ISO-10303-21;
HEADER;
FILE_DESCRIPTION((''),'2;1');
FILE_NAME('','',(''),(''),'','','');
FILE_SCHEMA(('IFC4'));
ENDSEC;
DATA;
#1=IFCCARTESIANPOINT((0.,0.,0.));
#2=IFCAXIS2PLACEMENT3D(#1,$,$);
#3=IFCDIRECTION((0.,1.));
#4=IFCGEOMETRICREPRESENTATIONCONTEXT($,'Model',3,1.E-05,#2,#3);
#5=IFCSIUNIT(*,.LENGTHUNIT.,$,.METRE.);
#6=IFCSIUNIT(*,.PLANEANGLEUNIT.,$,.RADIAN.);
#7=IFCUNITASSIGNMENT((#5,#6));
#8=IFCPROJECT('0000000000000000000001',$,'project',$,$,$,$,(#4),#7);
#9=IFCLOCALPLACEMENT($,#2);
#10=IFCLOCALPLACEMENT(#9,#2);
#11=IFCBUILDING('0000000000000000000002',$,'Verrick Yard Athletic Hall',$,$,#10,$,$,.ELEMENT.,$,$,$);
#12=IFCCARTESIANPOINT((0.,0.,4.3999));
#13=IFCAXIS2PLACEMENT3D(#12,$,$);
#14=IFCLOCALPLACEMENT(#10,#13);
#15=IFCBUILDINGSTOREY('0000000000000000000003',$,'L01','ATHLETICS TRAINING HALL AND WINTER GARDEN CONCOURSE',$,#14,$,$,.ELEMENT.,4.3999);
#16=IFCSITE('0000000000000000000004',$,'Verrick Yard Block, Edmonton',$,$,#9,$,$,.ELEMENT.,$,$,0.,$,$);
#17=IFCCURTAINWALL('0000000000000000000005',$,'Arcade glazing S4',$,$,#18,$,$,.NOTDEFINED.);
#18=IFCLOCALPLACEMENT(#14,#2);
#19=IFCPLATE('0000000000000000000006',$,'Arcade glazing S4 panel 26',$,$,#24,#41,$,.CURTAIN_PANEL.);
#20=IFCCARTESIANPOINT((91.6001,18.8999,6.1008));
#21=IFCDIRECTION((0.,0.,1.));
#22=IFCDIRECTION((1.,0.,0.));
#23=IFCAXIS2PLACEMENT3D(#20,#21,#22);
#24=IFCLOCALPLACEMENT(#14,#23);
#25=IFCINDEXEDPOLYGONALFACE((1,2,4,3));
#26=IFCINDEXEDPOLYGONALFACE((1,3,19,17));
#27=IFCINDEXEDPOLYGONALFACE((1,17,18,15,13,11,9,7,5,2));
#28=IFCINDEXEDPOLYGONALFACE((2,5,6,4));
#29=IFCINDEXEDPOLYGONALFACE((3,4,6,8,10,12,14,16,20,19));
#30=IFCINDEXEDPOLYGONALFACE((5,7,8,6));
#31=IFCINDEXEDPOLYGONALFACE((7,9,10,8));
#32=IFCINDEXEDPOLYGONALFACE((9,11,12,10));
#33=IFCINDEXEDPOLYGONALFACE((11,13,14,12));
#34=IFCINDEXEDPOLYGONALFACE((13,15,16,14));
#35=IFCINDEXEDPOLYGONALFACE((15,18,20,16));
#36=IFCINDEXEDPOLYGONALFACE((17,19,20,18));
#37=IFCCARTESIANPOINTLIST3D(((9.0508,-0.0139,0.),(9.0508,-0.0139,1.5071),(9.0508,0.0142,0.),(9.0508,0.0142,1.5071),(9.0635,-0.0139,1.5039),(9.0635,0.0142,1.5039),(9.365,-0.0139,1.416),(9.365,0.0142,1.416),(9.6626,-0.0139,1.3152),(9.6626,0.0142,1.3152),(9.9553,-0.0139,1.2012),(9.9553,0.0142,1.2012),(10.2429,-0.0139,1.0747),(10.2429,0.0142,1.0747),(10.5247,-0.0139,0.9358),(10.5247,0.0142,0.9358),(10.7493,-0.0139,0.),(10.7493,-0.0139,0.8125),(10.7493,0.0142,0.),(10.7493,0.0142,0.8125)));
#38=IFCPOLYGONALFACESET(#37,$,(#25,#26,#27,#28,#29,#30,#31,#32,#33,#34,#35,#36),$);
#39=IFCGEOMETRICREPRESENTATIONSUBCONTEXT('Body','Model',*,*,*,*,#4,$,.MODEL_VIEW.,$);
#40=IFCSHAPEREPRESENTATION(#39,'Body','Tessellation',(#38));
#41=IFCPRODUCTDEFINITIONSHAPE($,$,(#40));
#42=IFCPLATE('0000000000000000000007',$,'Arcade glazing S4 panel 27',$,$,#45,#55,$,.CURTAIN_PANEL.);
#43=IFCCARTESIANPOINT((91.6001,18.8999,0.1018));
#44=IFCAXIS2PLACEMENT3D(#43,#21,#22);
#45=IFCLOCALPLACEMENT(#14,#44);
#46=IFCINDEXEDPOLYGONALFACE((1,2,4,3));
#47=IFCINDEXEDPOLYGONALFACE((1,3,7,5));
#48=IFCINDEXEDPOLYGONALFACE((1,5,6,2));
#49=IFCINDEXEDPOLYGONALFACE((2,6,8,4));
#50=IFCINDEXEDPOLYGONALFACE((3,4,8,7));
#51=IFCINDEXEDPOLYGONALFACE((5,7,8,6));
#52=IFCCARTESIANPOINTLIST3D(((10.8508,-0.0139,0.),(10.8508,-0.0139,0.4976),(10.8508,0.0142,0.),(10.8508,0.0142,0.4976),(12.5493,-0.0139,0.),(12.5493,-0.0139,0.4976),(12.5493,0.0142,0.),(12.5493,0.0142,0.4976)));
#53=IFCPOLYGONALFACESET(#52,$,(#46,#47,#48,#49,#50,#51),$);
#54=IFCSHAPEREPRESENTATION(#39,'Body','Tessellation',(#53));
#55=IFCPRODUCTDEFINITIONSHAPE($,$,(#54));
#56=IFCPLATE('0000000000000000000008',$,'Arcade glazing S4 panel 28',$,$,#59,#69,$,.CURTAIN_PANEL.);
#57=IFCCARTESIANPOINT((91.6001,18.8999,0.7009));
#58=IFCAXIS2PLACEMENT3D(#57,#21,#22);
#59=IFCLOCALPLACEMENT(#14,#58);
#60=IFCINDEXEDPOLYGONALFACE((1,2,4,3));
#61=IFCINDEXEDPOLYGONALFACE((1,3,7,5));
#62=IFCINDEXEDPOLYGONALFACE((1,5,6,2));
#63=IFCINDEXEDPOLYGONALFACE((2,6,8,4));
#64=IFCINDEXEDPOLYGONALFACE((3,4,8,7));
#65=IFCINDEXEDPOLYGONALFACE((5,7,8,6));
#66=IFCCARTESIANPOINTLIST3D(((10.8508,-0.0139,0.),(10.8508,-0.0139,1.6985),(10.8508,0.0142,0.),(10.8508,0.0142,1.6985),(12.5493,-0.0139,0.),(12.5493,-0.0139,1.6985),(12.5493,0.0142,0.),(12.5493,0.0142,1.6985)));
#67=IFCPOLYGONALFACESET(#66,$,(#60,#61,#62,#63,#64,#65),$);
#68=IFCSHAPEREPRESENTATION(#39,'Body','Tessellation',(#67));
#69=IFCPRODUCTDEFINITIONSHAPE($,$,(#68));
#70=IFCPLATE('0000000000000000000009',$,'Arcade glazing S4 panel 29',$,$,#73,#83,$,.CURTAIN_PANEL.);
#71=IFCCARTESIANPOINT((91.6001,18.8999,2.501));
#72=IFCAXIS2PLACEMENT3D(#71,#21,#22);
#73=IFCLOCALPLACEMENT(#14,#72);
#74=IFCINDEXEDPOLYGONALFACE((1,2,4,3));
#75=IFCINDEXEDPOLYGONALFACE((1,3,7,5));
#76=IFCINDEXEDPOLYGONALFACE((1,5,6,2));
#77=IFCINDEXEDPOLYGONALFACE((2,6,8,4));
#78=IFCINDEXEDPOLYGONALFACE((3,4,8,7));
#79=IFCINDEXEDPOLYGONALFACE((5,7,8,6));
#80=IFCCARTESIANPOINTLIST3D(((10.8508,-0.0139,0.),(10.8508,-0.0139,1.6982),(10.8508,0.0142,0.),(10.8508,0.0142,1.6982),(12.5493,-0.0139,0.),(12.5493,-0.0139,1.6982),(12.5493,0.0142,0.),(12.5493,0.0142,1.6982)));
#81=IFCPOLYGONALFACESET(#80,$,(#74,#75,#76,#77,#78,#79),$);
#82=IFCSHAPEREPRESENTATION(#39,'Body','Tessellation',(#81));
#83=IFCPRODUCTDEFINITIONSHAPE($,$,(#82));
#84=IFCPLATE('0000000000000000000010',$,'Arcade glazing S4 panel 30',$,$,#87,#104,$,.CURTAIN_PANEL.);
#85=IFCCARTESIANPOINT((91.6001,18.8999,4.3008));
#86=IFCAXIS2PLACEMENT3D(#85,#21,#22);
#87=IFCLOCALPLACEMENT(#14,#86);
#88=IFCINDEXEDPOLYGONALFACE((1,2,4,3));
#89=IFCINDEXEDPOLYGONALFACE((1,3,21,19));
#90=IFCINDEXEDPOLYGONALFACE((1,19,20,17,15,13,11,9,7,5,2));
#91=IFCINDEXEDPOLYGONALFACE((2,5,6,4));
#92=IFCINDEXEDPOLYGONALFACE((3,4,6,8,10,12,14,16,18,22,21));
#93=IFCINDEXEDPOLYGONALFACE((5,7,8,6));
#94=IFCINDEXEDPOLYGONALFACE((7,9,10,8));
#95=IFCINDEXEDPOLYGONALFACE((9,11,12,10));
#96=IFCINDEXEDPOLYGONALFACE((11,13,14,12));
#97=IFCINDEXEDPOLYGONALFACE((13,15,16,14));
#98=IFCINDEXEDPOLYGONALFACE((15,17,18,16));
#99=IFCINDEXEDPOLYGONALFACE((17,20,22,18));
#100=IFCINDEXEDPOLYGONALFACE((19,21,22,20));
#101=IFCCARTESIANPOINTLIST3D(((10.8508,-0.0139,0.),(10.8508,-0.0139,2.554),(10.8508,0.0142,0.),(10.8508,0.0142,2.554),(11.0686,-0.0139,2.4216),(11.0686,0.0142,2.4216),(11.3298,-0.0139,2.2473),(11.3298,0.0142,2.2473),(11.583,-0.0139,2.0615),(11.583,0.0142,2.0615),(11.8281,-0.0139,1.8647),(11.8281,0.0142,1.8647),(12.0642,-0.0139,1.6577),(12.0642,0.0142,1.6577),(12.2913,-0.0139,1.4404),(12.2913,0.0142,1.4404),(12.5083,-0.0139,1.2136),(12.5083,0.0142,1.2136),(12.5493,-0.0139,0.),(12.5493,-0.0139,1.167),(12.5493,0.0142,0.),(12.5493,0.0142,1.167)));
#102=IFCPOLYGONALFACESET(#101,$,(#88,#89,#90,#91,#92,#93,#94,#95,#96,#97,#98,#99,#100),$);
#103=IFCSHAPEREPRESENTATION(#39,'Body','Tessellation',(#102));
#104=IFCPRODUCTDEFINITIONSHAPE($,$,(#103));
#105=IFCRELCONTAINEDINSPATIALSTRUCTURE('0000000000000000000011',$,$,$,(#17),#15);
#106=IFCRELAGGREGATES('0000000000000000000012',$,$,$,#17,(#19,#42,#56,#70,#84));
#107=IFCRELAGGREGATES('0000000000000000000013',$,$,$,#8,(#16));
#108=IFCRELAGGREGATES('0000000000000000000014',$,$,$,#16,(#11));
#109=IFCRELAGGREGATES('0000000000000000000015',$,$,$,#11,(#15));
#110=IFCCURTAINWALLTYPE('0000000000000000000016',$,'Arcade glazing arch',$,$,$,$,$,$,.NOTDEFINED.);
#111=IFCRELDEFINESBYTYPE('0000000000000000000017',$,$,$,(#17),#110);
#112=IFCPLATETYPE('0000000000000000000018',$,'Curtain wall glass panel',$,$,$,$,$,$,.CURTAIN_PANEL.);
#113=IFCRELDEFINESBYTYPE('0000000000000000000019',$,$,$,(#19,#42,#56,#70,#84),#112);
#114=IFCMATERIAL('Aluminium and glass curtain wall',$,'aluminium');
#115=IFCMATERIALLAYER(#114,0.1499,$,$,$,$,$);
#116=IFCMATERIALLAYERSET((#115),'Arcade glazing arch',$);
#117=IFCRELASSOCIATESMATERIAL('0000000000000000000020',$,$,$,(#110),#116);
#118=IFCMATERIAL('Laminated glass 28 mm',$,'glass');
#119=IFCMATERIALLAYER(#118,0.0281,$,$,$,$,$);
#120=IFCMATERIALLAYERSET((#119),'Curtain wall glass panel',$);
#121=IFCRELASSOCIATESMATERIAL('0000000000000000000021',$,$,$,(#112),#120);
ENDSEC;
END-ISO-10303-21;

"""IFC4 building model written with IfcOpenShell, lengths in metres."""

from ifc_helpers import new_model, si_unit, direction, frame, origin, place, context, subcontext, project, spatial, polyline, outline, extrude, material, layer, layer_set, type_object, element, aggregate, save


model = new_model("IFC4")

# Units and contexts
model_context = context("Model", 3, precision=1e-05, world=origin(), true_north=direction((0.0, 1.0)))
body_context = subcontext(model_context, "Body", "Model", "MODEL_VIEW")
ifc_project = project(units=[si_unit("LENGTHUNIT", "METRE"), si_unit("PLANEANGLEUNIT", "RADIAN")], contexts=[model_context])

# Site, building, storey
site_placement = place(None, origin())
site = spatial("IfcSite", under=ifc_project, at=site_placement, Name="Verrick Yard Block, Edmonton", CompositionType="ELEMENT", RefElevation=0.0)
building_placement = place(site_placement, origin())
building = spatial("IfcBuilding", under=site, at=building_placement, Name="Verrick Yard Athletic Hall", CompositionType="ELEMENT")
storey_placement = place(building_placement, frame((0.0, 0.0, 4.3999)))
storey = spatial("IfcBuildingStorey", under=building, at=storey_placement, Name="L01", Description="ATHLETICS TRAINING HALL AND WINTER GARDEN CONCOURSE", CompositionType="ELEMENT", Elevation=4.3999)

# Curtain wall, plates
ifc_material_1 = material(Name="Aluminium and glass curtain wall", Category="aluminium")
ifc_layer_1 = layer(ifc_material_1, 0.1499)
ifc_layer_set_1 = layer_set([ifc_layer_1], Name="Arcade glazing arch")
curtain_wall_type = type_object("IfcCurtainWallType", Name="Arcade glazing arch", PredefinedType="NOTDEFINED", material=ifc_layer_set_1)
curtain_wall_placement = place(storey_placement, origin())
curtain_wall = element("IfcCurtainWall", 1, at=curtain_wall_placement, inside=storey, type_object=curtain_wall_type, Name="Arcade glazing S4", PredefinedType="NOTDEFINED")
ifc_material_2 = material(Name="Laminated glass 28 mm", Category="glass")
ifc_layer_2 = layer(ifc_material_2, 0.0281)
ifc_layer_set_2 = layer_set([ifc_layer_2], Name="Curtain wall glass panel")
plate_type = type_object("IfcPlateType", Name="Curtain wall glass panel", PredefinedType="CURTAIN_PANEL", material=ifc_layer_set_2)
plate_1_placement = place(storey_placement, frame((91.6001, 18.8999, 6.1008), z_axis=(0.0, 0.0, 1.0), x_axis=(1.0, 0.0, 0.0)))
plate_1 = element("IfcPlate", 2, at=plate_1_placement, type_object=plate_type, Name="Arcade glazing S4 panel 26", PredefinedType="CURTAIN_PANEL", context=body_context, shape_type="SweptSolid", body=[
    extrude(outline(polyline([(10.7493, 0.8125), (10.5247, 0.9358), (10.2429, 1.0747), (9.9553, 1.2012), (9.6626, 1.3152), (9.365, 1.416), (9.0635, 1.5039), (9.0508, 1.5071), (9.0508, 0.0), (10.7493, 0.0), (10.7493, 0.8125)])), frame((0.0, 0.0142, 0.0), z_axis=(0.0, -1.0, 0.0), x_axis=(1.0, 0.0, 0.0)), (0.0, 0.0, 1.0), 0.0281),
])
plate_2_placement = place(storey_placement, frame((91.6001, 18.8999, 0.1018), z_axis=(0.0, 0.0, 1.0), x_axis=(1.0, 0.0, 0.0)))
plate_2 = element("IfcPlate", 3, at=plate_2_placement, type_object=plate_type, Name="Arcade glazing S4 panel 27", PredefinedType="CURTAIN_PANEL", context=body_context, shape_type="SweptSolid", body=[
    extrude(outline(polyline([(12.5493, 0.0), (12.5493, 0.4976), (10.8508, 0.4976), (10.8508, 0.0), (12.5493, 0.0)])), frame((0.0, 0.0142, 0.0), z_axis=(0.0, -1.0, 0.0), x_axis=(1.0, 0.0, 0.0)), (0.0, 0.0, 1.0), 0.0281),
])
plate_3_placement = place(storey_placement, frame((91.6001, 18.8999, 0.7009), z_axis=(0.0, 0.0, 1.0), x_axis=(1.0, 0.0, 0.0)))
plate_3 = element("IfcPlate", 4, at=plate_3_placement, type_object=plate_type, Name="Arcade glazing S4 panel 28", PredefinedType="CURTAIN_PANEL", context=body_context, shape_type="SweptSolid", body=[
    extrude(outline(polyline([(12.5493, 0.0), (12.5493, 1.6985), (10.8508, 1.6985), (10.8508, 0.0), (12.5493, 0.0)])), frame((0.0, 0.0142, 0.0), z_axis=(0.0, -1.0, 0.0), x_axis=(1.0, 0.0, 0.0)), (0.0, 0.0, 1.0), 0.0281),
])
plate_4_placement = place(storey_placement, frame((91.6001, 18.8999, 2.501), z_axis=(0.0, 0.0, 1.0), x_axis=(1.0, 0.0, 0.0)))
plate_4 = element("IfcPlate", 5, at=plate_4_placement, type_object=plate_type, Name="Arcade glazing S4 panel 29", PredefinedType="CURTAIN_PANEL", context=body_context, shape_type="SweptSolid", body=[
    extrude(outline(polyline([(12.5493, 0.0), (12.5493, 1.6982), (10.8508, 1.6982), (10.8508, 0.0), (12.5493, 0.0)])), frame((0.0, 0.0142, 0.0), z_axis=(0.0, -1.0, 0.0), x_axis=(1.0, 0.0, 0.0)), (0.0, 0.0, 1.0), 0.0281),
])
plate_5_placement = place(storey_placement, frame((91.6001, 18.8999, 4.3008), z_axis=(0.0, 0.0, 1.0), x_axis=(1.0, 0.0, 0.0)))
plate_5 = element("IfcPlate", 6, at=plate_5_placement, type_object=plate_type, Name="Arcade glazing S4 panel 30", PredefinedType="CURTAIN_PANEL", context=body_context, shape_type="SweptSolid", body=[
    extrude(outline(polyline([(12.5493, 1.167), (12.5083, 1.2136), (12.2913, 1.4404), (12.0642, 1.6577), (11.8281, 1.8647), (11.583, 2.0615), (11.3298, 2.2473), (11.0686, 2.4216), (10.8508, 2.554), (10.8508, 0.0), (12.5493, 0.0), (12.5493, 1.167)])), frame((0.0, 0.0142, 0.0), z_axis=(0.0, -1.0, 0.0), x_axis=(1.0, 0.0, 0.0)), (0.0, 0.0, 1.0), 0.0281),
])
aggregate(curtain_wall, [plate_1, plate_2, plate_3, plate_4, plate_5])

save(model, "model.ifc")
